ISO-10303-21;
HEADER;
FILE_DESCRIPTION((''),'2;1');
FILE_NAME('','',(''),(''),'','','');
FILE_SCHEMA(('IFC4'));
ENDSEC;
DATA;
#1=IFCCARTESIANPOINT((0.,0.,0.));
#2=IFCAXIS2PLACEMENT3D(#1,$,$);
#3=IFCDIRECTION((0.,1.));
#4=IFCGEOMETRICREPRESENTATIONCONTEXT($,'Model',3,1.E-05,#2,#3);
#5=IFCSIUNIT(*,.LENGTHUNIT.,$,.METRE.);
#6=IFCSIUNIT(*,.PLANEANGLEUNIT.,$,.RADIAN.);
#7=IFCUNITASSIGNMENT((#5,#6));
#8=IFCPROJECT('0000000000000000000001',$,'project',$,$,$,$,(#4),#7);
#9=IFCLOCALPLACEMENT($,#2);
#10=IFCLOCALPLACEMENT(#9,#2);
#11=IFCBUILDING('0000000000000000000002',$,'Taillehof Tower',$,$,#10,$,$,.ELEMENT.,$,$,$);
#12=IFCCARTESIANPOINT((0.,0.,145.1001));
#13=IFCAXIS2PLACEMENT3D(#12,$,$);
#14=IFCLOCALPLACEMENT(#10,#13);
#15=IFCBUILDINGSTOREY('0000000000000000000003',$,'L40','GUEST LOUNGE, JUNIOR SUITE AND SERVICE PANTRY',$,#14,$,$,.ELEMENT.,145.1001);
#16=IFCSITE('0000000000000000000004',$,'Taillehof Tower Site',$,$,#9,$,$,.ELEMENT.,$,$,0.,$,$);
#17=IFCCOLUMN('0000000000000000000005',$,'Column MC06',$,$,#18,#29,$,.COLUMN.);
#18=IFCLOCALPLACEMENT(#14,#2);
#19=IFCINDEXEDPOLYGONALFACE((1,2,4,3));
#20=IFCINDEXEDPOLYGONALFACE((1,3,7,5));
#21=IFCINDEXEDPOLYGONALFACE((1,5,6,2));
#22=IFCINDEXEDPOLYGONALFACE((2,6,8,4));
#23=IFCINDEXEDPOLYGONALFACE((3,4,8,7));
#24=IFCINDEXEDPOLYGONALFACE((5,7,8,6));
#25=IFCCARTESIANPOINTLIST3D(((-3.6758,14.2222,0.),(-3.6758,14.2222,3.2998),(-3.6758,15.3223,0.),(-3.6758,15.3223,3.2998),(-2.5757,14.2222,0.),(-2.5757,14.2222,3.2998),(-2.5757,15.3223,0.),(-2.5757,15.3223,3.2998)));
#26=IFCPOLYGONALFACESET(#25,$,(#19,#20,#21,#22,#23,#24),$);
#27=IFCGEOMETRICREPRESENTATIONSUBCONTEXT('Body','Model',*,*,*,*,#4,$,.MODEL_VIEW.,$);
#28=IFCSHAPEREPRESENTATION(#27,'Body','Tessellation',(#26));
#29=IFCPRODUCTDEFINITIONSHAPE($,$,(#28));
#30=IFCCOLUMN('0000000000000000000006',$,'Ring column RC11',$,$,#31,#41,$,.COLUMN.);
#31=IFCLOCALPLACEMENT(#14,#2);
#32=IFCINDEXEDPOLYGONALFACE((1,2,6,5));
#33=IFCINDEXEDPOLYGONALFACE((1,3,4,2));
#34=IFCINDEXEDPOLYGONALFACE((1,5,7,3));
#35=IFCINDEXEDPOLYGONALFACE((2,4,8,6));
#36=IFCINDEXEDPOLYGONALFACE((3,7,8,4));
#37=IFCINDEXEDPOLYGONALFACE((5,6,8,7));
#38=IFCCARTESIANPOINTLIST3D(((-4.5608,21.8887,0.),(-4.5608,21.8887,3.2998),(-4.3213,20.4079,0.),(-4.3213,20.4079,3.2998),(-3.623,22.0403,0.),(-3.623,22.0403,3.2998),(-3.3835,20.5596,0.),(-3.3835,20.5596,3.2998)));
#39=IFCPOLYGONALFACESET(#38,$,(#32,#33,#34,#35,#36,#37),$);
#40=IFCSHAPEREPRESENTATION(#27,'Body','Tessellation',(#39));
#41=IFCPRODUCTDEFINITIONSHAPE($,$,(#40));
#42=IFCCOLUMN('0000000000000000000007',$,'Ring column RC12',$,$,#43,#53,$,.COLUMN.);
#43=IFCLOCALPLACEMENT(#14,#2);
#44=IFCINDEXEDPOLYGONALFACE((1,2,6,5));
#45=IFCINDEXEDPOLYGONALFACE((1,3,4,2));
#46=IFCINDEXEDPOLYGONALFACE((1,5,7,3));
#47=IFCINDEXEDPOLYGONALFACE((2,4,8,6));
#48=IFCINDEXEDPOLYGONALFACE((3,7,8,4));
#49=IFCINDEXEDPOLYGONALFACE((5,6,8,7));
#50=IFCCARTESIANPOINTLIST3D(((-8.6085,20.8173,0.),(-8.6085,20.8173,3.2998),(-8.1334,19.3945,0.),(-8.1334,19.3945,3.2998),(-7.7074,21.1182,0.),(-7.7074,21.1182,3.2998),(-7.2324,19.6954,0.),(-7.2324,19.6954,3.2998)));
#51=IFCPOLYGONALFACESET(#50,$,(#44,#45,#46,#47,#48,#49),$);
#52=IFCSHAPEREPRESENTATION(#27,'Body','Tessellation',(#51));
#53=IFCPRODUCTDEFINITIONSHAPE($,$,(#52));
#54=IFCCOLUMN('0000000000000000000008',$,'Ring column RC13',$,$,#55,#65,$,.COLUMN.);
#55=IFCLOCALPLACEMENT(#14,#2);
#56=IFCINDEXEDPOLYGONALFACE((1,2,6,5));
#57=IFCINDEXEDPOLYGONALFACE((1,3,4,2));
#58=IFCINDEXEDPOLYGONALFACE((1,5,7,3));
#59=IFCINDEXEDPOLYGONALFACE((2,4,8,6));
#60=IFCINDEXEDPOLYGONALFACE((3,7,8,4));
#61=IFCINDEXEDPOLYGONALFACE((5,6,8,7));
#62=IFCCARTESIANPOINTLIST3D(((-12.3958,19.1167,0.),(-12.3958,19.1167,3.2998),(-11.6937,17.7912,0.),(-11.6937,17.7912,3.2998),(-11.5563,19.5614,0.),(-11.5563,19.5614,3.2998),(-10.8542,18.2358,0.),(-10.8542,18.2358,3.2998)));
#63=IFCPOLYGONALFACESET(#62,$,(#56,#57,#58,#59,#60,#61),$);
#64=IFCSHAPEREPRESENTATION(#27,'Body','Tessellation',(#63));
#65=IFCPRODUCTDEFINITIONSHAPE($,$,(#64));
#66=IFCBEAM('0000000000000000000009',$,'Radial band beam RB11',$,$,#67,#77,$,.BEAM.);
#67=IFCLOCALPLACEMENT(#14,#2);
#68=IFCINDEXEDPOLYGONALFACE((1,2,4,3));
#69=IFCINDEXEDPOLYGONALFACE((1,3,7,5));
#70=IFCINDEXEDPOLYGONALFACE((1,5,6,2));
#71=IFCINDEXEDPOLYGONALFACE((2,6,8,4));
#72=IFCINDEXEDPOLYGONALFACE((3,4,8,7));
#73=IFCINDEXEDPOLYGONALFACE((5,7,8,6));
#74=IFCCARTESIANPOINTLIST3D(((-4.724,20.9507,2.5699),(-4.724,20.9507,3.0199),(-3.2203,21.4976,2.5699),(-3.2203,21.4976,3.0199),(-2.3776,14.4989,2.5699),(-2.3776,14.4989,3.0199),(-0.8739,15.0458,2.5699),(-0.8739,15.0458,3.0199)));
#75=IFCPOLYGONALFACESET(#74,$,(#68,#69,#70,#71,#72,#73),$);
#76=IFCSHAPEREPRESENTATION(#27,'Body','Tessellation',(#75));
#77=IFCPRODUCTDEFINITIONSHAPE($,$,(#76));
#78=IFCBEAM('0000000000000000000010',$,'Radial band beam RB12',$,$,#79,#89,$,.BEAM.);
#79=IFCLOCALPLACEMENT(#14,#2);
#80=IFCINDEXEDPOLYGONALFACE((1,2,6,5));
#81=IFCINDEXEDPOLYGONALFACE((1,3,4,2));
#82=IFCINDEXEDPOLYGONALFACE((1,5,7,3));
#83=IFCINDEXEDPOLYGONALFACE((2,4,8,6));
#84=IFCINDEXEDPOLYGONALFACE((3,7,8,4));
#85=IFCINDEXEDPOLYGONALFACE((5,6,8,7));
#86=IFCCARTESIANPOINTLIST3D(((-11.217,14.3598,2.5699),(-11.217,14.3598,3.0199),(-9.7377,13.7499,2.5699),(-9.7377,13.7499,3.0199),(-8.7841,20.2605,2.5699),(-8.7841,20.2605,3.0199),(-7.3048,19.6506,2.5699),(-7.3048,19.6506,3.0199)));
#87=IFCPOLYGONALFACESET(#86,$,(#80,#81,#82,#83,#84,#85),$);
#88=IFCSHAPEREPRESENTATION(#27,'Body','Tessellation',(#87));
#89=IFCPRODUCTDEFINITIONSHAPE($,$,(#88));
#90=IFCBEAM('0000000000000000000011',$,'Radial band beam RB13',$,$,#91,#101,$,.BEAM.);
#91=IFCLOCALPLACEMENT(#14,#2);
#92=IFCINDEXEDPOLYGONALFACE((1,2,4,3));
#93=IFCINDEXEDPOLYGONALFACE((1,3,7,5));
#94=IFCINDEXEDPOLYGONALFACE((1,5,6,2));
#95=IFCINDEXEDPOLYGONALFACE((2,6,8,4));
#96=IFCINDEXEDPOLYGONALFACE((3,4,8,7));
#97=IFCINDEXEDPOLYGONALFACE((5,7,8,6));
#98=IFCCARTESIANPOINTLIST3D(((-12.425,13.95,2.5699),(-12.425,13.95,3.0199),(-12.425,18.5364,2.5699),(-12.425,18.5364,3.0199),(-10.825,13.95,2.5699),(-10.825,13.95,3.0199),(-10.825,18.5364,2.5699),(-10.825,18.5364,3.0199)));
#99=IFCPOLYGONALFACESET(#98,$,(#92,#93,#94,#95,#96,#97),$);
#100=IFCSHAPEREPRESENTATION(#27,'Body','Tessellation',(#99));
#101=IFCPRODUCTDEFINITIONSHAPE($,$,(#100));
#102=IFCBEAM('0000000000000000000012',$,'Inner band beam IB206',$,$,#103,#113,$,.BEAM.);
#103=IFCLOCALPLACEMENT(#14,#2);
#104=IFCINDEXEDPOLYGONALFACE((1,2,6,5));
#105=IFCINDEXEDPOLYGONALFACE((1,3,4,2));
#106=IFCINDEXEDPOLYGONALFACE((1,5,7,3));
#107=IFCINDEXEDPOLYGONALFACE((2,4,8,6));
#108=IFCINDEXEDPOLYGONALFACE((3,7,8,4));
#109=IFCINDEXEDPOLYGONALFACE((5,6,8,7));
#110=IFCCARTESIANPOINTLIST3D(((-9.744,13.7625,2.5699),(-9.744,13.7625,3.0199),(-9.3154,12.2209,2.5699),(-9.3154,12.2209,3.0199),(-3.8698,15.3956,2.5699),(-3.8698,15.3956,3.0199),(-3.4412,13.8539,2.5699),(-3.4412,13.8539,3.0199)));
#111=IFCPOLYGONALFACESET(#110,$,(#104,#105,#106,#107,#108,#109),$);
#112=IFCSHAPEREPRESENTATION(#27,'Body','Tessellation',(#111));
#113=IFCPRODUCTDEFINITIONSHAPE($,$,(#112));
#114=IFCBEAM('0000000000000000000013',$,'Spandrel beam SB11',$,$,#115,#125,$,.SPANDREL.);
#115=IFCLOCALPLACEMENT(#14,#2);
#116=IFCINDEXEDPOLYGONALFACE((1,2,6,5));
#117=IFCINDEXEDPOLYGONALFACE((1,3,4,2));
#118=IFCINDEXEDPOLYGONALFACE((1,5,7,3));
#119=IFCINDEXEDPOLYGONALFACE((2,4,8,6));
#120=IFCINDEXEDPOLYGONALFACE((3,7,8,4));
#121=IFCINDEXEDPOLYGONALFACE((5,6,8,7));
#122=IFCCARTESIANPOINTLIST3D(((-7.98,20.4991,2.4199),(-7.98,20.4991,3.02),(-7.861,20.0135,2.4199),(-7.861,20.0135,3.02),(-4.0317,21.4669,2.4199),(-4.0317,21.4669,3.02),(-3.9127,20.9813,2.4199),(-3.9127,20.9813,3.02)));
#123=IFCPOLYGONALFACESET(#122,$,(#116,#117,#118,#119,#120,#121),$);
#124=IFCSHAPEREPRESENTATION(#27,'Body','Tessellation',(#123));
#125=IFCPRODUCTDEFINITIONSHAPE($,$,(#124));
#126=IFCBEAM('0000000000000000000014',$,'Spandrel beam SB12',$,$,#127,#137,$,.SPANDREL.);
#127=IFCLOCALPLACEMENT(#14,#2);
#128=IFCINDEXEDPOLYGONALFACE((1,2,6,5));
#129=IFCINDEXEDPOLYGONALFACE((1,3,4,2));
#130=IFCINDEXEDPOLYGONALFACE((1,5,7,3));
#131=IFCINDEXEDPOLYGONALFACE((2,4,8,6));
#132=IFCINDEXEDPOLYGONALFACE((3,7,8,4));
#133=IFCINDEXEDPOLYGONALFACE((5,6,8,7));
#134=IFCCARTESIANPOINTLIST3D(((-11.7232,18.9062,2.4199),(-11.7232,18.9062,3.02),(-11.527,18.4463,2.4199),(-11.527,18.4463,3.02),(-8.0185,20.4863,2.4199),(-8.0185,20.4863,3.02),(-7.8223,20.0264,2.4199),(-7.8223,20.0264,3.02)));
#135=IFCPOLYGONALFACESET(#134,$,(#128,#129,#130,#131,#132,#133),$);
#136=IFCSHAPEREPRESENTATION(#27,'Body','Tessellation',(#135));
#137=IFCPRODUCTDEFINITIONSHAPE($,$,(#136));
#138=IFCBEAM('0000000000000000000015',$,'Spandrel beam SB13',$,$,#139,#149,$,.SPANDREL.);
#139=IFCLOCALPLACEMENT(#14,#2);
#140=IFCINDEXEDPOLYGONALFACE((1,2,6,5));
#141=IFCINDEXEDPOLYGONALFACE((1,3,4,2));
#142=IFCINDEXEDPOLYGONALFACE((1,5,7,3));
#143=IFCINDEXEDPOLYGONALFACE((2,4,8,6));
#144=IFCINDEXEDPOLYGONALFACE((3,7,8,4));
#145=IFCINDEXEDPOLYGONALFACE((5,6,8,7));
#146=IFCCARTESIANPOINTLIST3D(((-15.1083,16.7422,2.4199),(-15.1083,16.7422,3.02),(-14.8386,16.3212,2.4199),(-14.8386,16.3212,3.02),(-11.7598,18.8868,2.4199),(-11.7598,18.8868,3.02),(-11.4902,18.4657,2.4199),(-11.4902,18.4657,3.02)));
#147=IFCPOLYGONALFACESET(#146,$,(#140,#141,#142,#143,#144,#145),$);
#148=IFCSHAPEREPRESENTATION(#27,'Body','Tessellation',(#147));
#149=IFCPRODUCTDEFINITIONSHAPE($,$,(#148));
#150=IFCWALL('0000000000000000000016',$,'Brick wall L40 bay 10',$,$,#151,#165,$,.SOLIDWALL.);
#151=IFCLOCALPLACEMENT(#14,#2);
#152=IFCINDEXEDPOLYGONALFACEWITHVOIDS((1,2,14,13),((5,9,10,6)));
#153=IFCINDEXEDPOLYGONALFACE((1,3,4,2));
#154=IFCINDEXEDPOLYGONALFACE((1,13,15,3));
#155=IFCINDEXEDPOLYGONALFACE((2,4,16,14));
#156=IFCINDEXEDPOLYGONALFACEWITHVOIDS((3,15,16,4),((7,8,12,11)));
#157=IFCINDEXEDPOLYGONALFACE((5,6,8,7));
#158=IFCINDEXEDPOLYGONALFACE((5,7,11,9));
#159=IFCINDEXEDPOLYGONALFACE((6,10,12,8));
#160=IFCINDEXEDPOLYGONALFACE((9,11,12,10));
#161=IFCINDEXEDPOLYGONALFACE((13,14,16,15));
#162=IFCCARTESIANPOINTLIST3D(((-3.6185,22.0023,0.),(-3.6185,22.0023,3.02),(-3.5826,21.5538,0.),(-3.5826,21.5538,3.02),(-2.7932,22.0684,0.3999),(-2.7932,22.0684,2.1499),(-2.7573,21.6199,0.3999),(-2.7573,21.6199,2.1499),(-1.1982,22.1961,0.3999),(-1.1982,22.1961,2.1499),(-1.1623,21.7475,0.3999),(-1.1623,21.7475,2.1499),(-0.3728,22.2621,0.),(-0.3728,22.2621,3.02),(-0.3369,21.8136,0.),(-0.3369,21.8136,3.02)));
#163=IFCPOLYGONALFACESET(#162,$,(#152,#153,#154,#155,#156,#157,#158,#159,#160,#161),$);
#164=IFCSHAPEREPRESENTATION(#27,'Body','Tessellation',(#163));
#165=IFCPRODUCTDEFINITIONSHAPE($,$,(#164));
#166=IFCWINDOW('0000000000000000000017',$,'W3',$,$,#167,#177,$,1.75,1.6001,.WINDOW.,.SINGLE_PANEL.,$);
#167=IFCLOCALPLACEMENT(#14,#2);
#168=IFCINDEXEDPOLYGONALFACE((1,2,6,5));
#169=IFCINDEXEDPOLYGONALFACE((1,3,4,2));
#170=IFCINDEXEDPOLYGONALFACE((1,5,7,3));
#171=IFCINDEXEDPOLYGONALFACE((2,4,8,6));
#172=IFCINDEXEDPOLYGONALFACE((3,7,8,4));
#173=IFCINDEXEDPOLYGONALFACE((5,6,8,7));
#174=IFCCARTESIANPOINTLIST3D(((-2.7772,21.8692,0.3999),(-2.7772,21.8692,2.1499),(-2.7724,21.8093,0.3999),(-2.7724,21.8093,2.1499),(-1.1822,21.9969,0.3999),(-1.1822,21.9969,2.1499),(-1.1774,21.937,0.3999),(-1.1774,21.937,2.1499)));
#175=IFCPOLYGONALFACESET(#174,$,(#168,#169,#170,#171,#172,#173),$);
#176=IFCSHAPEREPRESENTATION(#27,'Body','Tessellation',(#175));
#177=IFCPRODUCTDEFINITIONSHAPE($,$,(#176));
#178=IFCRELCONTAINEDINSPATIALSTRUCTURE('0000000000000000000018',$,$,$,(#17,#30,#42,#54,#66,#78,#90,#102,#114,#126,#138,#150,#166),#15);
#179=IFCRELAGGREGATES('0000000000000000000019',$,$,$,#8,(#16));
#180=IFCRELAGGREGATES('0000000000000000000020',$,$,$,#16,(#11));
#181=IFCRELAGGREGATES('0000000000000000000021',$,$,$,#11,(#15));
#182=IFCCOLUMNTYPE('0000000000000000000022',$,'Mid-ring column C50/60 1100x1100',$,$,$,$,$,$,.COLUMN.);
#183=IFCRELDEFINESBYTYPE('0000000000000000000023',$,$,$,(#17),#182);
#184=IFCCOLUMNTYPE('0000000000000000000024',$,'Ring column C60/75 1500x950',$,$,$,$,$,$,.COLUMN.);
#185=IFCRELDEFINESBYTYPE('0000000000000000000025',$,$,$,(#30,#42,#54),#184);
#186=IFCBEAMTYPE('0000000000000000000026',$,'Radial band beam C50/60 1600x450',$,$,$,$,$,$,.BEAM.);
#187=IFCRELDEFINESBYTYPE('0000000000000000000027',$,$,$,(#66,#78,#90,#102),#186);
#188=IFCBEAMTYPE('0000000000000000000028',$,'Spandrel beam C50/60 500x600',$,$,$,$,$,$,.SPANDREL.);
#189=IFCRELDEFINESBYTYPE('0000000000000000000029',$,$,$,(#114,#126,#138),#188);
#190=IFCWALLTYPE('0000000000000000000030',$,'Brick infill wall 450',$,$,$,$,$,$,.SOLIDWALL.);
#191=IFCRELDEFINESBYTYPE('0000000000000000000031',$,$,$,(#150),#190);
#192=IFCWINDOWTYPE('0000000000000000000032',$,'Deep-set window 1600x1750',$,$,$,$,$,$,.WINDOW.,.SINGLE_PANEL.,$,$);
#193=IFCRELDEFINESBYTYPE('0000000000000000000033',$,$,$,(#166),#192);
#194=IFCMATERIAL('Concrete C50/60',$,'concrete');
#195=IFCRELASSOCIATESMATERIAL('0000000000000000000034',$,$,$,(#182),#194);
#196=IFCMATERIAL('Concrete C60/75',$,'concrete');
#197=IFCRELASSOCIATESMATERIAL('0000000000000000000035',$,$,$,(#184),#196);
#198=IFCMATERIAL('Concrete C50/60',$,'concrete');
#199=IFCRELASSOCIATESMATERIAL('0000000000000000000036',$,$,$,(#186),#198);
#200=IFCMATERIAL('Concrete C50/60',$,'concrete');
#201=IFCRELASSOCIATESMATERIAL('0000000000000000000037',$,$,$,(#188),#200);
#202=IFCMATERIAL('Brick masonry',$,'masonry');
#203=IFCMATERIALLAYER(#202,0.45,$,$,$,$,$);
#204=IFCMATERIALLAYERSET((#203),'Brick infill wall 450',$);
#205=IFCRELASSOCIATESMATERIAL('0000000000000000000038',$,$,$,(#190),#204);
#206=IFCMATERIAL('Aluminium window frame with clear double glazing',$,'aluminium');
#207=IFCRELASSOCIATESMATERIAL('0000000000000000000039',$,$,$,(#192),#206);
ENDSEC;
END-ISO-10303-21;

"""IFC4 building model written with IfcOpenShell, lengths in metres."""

from ifc_helpers import new_model, si_unit, direction, frame, frame_2d, origin, origin_2d, place, context, subcontext, project, spatial, rectangle, extrude, material, layer, layer_set, material_profile, profile_set, type_object, element, fill, save


model = new_model("IFC4")

# Units and contexts
model_context = context("Model", 3, precision=1e-05, world=origin(), true_north=direction((0.0, 1.0)))
body_context = subcontext(model_context, "Body", "Model", "MODEL_VIEW")
ifc_project = project(units=[si_unit("LENGTHUNIT", "METRE"), si_unit("PLANEANGLEUNIT", "RADIAN")], contexts=[model_context])

# Site, building, storey
site_placement = place(None, origin())
site = spatial("IfcSite", under=ifc_project, at=site_placement, Name="Taillehof Tower Site", CompositionType="ELEMENT", RefElevation=0.0)
building_placement = place(site_placement, origin())
building = spatial("IfcBuilding", under=site, at=building_placement, Name="Taillehof Tower", CompositionType="ELEMENT")
storey_placement = place(building_placement, frame((0.0, 0.0, 145.1001)))
storey = spatial("IfcBuildingStorey", under=building, at=storey_placement, Name="L40", Description="GUEST LOUNGE, JUNIOR SUITE AND SERVICE PANTRY", CompositionType="ELEMENT", Elevation=145.1001)

# Columns
ifc_material_1 = material(Name="Concrete C50/60", Category="concrete")
ifc_material_profile_1 = material_profile(ifc_material_1, rectangle(XDim=1.1001, YDim=1.1001, at=origin_2d()), Name="RC 1100x1100")
ifc_profile_set_1 = profile_set([ifc_material_profile_1], Name="Concrete C50/60")
column_type_1 = type_object("IfcColumnType", Name="Mid-ring column C50/60 1100x1100", PredefinedType="COLUMN", material=ifc_profile_set_1)
column_placement = place(storey_placement, frame((-3.1257, 14.7722, 0.0), z_axis=(0.0, 0.0, 1.0), x_axis=(1.0, 0.0, 0.0)))
element("IfcColumn", 1, at=column_placement, inside=storey, type_object=column_type_1, Name="Column MC06", PredefinedType="COLUMN", context=body_context, shape_type="SweptSolid", body=[
    extrude(rectangle(XDim=1.1001, YDim=1.1001, at=origin_2d()), origin(), (0.0, 0.0, 1.0), 3.2998),
])
ifc_material_2 = material(Name="Concrete C60/75", Category="concrete")
ifc_material_profile_2 = material_profile(ifc_material_2, rectangle(XDim=1.5, YDim=0.95, at=origin_2d()), Name="RC 1500x950")
ifc_profile_set_2 = profile_set([ifc_material_profile_2], Name="Concrete C60/75")
column_type_2 = type_object("IfcColumnType", Name="Ring column C60/75 1500x950", PredefinedType="COLUMN", material=ifc_profile_set_2)
for number, where, z_axis, x_axis, name in (
    (2, (-3.9722, 21.2241, 0.0), (0.0, 0.0, 1.0), (-0.159679, 0.987169, 0.0), "Ring column RC11"),
    (3, (-7.9204, 20.2563, 0.0), (0.0, 0.0, 1.0), (-0.316703, 0.948525, 0.0), "Ring column RC12"),
    (4, (-11.625, 18.6763, 0.0), (0.0, 0.0, 1.0), (-0.468042, 0.883706, 0.0), "Ring column RC13"),
):
    element("IfcColumn", number, at=place(storey_placement, frame(where, z_axis=z_axis, x_axis=x_axis)), inside=storey, type_object=column_type_2, Name=name, PredefinedType="COLUMN", context=body_context, shape_type="SweptSolid", body=[
        extrude(rectangle(XDim=1.5, YDim=0.95, at=origin_2d()), origin(), (0.0, 0.0, 1.0), 3.2998),
    ])

# Beams
ifc_material_3 = material(Name="Concrete C50/60", Category="concrete")
ifc_material_profile_3 = material_profile(ifc_material_3, rectangle(XDim=1.6001, YDim=0.45, at=origin_2d()), Name="RC 1600x450")
ifc_profile_set_3 = profile_set([ifc_material_profile_3], Name="Concrete C50/60")
beam_type_1 = type_object("IfcBeamType", Name="Radial band beam C50/60 1600x450", PredefinedType="BEAM", material=ifc_profile_set_3)
beam_1_placement = place(storey_placement, frame((-3.9722, 21.2241, 2.7949), z_axis=(0.34178, -0.93978, 0.0), x_axis=(0.93978, 0.34178, 0.0)))
element("IfcBeam", 5, at=beam_1_placement, inside=storey, type_object=beam_type_1, Name="Radial band beam RB11", PredefinedType="BEAM", context=body_context, shape_type="SweptSolid", body=[
    extrude(rectangle(XDim=1.6001, YDim=0.45, at=origin_2d()), origin(), (0.0, 0.0, 1.0), 6.8652),
])
beam_2_placement = place(storey_placement, frame((-8.0444, 19.9556, 2.7949), z_axis=(-0.381177, -0.924502, 0.0), x_axis=(0.924502, -0.381177, 0.0)))
element("IfcBeam", 6, at=beam_2_placement, inside=storey, type_object=beam_type_1, Name="Radial band beam RB12", PredefinedType="BEAM", context=body_context, shape_type="SweptSolid", body=[
    extrude(rectangle(XDim=1.6001, YDim=0.45, at=origin_2d()), origin(), (0.0, 0.0, 1.0), 6.3826),
])
beam_3_placement = place(storey_placement, frame((-11.625, 18.5364, 2.7949), z_axis=(0.0, -1.0, 0.0), x_axis=(1.0, 0.0, 0.0)))
element("IfcBeam", 7, at=beam_3_placement, inside=storey, type_object=beam_type_1, Name="Radial band beam RB13", PredefinedType="BEAM", context=body_context, shape_type="SweptSolid", body=[
    extrude(rectangle(XDim=1.6001, YDim=0.45, at=origin_2d()), origin(), (0.0, 0.0, 1.0), 4.5864),
])
beam_4_placement = place(storey_placement, frame((-3.6555, 14.6248, 2.7949), z_axis=(-0.963459, -0.267855, 0.0), x_axis=(0.267855, -0.963459, 0.0)))
element("IfcBeam", 8, at=beam_4_placement, inside=storey, type_object=beam_type_1, Name="Inner band beam IB206", PredefinedType="BEAM", context=body_context, shape_type="SweptSolid", body=[
    extrude(rectangle(XDim=1.6001, YDim=0.45, at=origin_2d()), origin(), (0.0, 0.0, 1.0), 6.0969),
])
ifc_material_4 = material(Name="Concrete C50/60", Category="concrete")
ifc_material_profile_4 = material_profile(ifc_material_4, rectangle(XDim=0.5, YDim=0.6001, at=origin_2d()), Name="RC 500x600")
ifc_profile_set_4 = profile_set([ifc_material_profile_4], Name="Concrete C50/60")
beam_type_2 = type_object("IfcBeamType", Name="Spandrel beam C50/60 500x600", PredefinedType="SPANDREL", material=ifc_profile_set_4)
beam_5_placement = place(storey_placement, frame((-3.9722, 21.2241, 2.72), z_axis=(-0.971249, -0.238068, 0.0), x_axis=(0.238068, -0.971249, 0.0)))
element("IfcBeam", 9, at=beam_5_placement, inside=storey, type_object=beam_type_2, Name="Spandrel beam SB11", PredefinedType="SPANDREL", context=body_context, shape_type="SweptSolid", body=[
    extrude(rectangle(XDim=0.5, YDim=0.6001, at=origin_2d()), origin(), (0.0, 0.0, 1.0), 4.0652),
])
beam_6_placement = place(storey_placement, frame((-7.9204, 20.2563, 2.72), z_axis=(-0.919827, -0.392324, 0.0), x_axis=(0.392324, -0.919827, 0.0)))
element("IfcBeam", 10, at=beam_6_placement, inside=storey, type_object=beam_type_2, Name="Spandrel beam SB12", PredefinedType="SPANDREL", context=body_context, shape_type="SweptSolid", body=[
    extrude(rectangle(XDim=0.5, YDim=0.6001, at=origin_2d()), origin(), (0.0, 0.0, 1.0), 4.0276),
])
beam_7_placement = place(storey_placement, frame((-11.625, 18.6763, 2.72), z_axis=(-0.842093, -0.539332, 0.0), x_axis=(0.539332, -0.842093, 0.0)))
element("IfcBeam", 11, at=beam_7_placement, inside=storey, type_object=beam_type_2, Name="Spandrel beam SB13", PredefinedType="SPANDREL", context=body_context, shape_type="SweptSolid", body=[
    extrude(rectangle(XDim=0.5, YDim=0.6001, at=origin_2d()), origin(), (0.0, 0.0, 1.0), 3.9763),
])

# Wall, opening, window
ifc_material_5 = material(Name="Brick masonry", Category="masonry")
ifc_layer_1 = layer(ifc_material_5, 0.45)
ifc_layer_set_1 = layer_set([ifc_layer_1], Name="Brick infill wall 450")
wall_type_1 = type_object("IfcWallType", Name="Brick infill wall 450", PredefinedType="SOLIDWALL", material=ifc_layer_set_1)
wall_1_placement = place(storey_placement, frame((-0.355, 22.0378, 0.0), z_axis=(0.0, 0.0, 1.0), x_axis=(-0.996812, -0.079781, 0.0)))
wall_1 = element("IfcWall", 12, at=wall_1_placement, inside=storey, type_object=wall_type_1, Name="Brick wall L40 bay 10", PredefinedType="SOLIDWALL", context=body_context, shape_type="SweptSolid", body=[
    extrude(rectangle(XDim=3.2561, YDim=0.45, at=frame_2d((1.6279, 0.0))), origin(), (0.0, 0.0, 1.0), 3.02),
])
opening_1_placement = place(wall_1_placement, frame((0.8279, 0.0, 0.3999)))
opening_1 = element("IfcOpeningElement", 13, at=opening_1_placement, cuts=wall_1, PredefinedType="OPENING", context=body_context, shape_type="SweptSolid", body=[
    extrude(rectangle(XDim=1.6001, YDim=1.75, at=frame_2d((0.8, 0.875))), frame((0.0, 0.2349, 0.0), z_axis=(0.0, -1.0, 0.0), x_axis=(1.0, 0.0, 0.0)), (0.0, 0.0, 1.0), 0.47),
])
ifc_material_6 = material(Name="Aluminium window frame with clear double glazing", Category="aluminium")
window_type = type_object("IfcWindowType", Name="Deep-set window 1600x1750", PartitioningType="SINGLE_PANEL", PredefinedType="WINDOW", material=ifc_material_6)
window_1_placement = place(opening_1_placement, origin())
window_1 = element("IfcWindow", 14, at=window_1_placement, inside=storey, type_object=window_type, Name="W3", OverallHeight=1.75, OverallWidth=1.6001, PartitioningType="SINGLE_PANEL", PredefinedType="WINDOW", context=body_context, shape_type="SweptSolid", body=[
    extrude(rectangle(XDim=1.6001, YDim=1.75, at=frame_2d((0.8, 0.875))), frame((0.0, 0.0349, 0.0), z_axis=(0.0, -1.0, 0.0), x_axis=(1.0, 0.0, 0.0)), (0.0, 0.0, 1.0), 0.0601),
])
fill(opening_1, window_1)

save(model, "model.ifc")
